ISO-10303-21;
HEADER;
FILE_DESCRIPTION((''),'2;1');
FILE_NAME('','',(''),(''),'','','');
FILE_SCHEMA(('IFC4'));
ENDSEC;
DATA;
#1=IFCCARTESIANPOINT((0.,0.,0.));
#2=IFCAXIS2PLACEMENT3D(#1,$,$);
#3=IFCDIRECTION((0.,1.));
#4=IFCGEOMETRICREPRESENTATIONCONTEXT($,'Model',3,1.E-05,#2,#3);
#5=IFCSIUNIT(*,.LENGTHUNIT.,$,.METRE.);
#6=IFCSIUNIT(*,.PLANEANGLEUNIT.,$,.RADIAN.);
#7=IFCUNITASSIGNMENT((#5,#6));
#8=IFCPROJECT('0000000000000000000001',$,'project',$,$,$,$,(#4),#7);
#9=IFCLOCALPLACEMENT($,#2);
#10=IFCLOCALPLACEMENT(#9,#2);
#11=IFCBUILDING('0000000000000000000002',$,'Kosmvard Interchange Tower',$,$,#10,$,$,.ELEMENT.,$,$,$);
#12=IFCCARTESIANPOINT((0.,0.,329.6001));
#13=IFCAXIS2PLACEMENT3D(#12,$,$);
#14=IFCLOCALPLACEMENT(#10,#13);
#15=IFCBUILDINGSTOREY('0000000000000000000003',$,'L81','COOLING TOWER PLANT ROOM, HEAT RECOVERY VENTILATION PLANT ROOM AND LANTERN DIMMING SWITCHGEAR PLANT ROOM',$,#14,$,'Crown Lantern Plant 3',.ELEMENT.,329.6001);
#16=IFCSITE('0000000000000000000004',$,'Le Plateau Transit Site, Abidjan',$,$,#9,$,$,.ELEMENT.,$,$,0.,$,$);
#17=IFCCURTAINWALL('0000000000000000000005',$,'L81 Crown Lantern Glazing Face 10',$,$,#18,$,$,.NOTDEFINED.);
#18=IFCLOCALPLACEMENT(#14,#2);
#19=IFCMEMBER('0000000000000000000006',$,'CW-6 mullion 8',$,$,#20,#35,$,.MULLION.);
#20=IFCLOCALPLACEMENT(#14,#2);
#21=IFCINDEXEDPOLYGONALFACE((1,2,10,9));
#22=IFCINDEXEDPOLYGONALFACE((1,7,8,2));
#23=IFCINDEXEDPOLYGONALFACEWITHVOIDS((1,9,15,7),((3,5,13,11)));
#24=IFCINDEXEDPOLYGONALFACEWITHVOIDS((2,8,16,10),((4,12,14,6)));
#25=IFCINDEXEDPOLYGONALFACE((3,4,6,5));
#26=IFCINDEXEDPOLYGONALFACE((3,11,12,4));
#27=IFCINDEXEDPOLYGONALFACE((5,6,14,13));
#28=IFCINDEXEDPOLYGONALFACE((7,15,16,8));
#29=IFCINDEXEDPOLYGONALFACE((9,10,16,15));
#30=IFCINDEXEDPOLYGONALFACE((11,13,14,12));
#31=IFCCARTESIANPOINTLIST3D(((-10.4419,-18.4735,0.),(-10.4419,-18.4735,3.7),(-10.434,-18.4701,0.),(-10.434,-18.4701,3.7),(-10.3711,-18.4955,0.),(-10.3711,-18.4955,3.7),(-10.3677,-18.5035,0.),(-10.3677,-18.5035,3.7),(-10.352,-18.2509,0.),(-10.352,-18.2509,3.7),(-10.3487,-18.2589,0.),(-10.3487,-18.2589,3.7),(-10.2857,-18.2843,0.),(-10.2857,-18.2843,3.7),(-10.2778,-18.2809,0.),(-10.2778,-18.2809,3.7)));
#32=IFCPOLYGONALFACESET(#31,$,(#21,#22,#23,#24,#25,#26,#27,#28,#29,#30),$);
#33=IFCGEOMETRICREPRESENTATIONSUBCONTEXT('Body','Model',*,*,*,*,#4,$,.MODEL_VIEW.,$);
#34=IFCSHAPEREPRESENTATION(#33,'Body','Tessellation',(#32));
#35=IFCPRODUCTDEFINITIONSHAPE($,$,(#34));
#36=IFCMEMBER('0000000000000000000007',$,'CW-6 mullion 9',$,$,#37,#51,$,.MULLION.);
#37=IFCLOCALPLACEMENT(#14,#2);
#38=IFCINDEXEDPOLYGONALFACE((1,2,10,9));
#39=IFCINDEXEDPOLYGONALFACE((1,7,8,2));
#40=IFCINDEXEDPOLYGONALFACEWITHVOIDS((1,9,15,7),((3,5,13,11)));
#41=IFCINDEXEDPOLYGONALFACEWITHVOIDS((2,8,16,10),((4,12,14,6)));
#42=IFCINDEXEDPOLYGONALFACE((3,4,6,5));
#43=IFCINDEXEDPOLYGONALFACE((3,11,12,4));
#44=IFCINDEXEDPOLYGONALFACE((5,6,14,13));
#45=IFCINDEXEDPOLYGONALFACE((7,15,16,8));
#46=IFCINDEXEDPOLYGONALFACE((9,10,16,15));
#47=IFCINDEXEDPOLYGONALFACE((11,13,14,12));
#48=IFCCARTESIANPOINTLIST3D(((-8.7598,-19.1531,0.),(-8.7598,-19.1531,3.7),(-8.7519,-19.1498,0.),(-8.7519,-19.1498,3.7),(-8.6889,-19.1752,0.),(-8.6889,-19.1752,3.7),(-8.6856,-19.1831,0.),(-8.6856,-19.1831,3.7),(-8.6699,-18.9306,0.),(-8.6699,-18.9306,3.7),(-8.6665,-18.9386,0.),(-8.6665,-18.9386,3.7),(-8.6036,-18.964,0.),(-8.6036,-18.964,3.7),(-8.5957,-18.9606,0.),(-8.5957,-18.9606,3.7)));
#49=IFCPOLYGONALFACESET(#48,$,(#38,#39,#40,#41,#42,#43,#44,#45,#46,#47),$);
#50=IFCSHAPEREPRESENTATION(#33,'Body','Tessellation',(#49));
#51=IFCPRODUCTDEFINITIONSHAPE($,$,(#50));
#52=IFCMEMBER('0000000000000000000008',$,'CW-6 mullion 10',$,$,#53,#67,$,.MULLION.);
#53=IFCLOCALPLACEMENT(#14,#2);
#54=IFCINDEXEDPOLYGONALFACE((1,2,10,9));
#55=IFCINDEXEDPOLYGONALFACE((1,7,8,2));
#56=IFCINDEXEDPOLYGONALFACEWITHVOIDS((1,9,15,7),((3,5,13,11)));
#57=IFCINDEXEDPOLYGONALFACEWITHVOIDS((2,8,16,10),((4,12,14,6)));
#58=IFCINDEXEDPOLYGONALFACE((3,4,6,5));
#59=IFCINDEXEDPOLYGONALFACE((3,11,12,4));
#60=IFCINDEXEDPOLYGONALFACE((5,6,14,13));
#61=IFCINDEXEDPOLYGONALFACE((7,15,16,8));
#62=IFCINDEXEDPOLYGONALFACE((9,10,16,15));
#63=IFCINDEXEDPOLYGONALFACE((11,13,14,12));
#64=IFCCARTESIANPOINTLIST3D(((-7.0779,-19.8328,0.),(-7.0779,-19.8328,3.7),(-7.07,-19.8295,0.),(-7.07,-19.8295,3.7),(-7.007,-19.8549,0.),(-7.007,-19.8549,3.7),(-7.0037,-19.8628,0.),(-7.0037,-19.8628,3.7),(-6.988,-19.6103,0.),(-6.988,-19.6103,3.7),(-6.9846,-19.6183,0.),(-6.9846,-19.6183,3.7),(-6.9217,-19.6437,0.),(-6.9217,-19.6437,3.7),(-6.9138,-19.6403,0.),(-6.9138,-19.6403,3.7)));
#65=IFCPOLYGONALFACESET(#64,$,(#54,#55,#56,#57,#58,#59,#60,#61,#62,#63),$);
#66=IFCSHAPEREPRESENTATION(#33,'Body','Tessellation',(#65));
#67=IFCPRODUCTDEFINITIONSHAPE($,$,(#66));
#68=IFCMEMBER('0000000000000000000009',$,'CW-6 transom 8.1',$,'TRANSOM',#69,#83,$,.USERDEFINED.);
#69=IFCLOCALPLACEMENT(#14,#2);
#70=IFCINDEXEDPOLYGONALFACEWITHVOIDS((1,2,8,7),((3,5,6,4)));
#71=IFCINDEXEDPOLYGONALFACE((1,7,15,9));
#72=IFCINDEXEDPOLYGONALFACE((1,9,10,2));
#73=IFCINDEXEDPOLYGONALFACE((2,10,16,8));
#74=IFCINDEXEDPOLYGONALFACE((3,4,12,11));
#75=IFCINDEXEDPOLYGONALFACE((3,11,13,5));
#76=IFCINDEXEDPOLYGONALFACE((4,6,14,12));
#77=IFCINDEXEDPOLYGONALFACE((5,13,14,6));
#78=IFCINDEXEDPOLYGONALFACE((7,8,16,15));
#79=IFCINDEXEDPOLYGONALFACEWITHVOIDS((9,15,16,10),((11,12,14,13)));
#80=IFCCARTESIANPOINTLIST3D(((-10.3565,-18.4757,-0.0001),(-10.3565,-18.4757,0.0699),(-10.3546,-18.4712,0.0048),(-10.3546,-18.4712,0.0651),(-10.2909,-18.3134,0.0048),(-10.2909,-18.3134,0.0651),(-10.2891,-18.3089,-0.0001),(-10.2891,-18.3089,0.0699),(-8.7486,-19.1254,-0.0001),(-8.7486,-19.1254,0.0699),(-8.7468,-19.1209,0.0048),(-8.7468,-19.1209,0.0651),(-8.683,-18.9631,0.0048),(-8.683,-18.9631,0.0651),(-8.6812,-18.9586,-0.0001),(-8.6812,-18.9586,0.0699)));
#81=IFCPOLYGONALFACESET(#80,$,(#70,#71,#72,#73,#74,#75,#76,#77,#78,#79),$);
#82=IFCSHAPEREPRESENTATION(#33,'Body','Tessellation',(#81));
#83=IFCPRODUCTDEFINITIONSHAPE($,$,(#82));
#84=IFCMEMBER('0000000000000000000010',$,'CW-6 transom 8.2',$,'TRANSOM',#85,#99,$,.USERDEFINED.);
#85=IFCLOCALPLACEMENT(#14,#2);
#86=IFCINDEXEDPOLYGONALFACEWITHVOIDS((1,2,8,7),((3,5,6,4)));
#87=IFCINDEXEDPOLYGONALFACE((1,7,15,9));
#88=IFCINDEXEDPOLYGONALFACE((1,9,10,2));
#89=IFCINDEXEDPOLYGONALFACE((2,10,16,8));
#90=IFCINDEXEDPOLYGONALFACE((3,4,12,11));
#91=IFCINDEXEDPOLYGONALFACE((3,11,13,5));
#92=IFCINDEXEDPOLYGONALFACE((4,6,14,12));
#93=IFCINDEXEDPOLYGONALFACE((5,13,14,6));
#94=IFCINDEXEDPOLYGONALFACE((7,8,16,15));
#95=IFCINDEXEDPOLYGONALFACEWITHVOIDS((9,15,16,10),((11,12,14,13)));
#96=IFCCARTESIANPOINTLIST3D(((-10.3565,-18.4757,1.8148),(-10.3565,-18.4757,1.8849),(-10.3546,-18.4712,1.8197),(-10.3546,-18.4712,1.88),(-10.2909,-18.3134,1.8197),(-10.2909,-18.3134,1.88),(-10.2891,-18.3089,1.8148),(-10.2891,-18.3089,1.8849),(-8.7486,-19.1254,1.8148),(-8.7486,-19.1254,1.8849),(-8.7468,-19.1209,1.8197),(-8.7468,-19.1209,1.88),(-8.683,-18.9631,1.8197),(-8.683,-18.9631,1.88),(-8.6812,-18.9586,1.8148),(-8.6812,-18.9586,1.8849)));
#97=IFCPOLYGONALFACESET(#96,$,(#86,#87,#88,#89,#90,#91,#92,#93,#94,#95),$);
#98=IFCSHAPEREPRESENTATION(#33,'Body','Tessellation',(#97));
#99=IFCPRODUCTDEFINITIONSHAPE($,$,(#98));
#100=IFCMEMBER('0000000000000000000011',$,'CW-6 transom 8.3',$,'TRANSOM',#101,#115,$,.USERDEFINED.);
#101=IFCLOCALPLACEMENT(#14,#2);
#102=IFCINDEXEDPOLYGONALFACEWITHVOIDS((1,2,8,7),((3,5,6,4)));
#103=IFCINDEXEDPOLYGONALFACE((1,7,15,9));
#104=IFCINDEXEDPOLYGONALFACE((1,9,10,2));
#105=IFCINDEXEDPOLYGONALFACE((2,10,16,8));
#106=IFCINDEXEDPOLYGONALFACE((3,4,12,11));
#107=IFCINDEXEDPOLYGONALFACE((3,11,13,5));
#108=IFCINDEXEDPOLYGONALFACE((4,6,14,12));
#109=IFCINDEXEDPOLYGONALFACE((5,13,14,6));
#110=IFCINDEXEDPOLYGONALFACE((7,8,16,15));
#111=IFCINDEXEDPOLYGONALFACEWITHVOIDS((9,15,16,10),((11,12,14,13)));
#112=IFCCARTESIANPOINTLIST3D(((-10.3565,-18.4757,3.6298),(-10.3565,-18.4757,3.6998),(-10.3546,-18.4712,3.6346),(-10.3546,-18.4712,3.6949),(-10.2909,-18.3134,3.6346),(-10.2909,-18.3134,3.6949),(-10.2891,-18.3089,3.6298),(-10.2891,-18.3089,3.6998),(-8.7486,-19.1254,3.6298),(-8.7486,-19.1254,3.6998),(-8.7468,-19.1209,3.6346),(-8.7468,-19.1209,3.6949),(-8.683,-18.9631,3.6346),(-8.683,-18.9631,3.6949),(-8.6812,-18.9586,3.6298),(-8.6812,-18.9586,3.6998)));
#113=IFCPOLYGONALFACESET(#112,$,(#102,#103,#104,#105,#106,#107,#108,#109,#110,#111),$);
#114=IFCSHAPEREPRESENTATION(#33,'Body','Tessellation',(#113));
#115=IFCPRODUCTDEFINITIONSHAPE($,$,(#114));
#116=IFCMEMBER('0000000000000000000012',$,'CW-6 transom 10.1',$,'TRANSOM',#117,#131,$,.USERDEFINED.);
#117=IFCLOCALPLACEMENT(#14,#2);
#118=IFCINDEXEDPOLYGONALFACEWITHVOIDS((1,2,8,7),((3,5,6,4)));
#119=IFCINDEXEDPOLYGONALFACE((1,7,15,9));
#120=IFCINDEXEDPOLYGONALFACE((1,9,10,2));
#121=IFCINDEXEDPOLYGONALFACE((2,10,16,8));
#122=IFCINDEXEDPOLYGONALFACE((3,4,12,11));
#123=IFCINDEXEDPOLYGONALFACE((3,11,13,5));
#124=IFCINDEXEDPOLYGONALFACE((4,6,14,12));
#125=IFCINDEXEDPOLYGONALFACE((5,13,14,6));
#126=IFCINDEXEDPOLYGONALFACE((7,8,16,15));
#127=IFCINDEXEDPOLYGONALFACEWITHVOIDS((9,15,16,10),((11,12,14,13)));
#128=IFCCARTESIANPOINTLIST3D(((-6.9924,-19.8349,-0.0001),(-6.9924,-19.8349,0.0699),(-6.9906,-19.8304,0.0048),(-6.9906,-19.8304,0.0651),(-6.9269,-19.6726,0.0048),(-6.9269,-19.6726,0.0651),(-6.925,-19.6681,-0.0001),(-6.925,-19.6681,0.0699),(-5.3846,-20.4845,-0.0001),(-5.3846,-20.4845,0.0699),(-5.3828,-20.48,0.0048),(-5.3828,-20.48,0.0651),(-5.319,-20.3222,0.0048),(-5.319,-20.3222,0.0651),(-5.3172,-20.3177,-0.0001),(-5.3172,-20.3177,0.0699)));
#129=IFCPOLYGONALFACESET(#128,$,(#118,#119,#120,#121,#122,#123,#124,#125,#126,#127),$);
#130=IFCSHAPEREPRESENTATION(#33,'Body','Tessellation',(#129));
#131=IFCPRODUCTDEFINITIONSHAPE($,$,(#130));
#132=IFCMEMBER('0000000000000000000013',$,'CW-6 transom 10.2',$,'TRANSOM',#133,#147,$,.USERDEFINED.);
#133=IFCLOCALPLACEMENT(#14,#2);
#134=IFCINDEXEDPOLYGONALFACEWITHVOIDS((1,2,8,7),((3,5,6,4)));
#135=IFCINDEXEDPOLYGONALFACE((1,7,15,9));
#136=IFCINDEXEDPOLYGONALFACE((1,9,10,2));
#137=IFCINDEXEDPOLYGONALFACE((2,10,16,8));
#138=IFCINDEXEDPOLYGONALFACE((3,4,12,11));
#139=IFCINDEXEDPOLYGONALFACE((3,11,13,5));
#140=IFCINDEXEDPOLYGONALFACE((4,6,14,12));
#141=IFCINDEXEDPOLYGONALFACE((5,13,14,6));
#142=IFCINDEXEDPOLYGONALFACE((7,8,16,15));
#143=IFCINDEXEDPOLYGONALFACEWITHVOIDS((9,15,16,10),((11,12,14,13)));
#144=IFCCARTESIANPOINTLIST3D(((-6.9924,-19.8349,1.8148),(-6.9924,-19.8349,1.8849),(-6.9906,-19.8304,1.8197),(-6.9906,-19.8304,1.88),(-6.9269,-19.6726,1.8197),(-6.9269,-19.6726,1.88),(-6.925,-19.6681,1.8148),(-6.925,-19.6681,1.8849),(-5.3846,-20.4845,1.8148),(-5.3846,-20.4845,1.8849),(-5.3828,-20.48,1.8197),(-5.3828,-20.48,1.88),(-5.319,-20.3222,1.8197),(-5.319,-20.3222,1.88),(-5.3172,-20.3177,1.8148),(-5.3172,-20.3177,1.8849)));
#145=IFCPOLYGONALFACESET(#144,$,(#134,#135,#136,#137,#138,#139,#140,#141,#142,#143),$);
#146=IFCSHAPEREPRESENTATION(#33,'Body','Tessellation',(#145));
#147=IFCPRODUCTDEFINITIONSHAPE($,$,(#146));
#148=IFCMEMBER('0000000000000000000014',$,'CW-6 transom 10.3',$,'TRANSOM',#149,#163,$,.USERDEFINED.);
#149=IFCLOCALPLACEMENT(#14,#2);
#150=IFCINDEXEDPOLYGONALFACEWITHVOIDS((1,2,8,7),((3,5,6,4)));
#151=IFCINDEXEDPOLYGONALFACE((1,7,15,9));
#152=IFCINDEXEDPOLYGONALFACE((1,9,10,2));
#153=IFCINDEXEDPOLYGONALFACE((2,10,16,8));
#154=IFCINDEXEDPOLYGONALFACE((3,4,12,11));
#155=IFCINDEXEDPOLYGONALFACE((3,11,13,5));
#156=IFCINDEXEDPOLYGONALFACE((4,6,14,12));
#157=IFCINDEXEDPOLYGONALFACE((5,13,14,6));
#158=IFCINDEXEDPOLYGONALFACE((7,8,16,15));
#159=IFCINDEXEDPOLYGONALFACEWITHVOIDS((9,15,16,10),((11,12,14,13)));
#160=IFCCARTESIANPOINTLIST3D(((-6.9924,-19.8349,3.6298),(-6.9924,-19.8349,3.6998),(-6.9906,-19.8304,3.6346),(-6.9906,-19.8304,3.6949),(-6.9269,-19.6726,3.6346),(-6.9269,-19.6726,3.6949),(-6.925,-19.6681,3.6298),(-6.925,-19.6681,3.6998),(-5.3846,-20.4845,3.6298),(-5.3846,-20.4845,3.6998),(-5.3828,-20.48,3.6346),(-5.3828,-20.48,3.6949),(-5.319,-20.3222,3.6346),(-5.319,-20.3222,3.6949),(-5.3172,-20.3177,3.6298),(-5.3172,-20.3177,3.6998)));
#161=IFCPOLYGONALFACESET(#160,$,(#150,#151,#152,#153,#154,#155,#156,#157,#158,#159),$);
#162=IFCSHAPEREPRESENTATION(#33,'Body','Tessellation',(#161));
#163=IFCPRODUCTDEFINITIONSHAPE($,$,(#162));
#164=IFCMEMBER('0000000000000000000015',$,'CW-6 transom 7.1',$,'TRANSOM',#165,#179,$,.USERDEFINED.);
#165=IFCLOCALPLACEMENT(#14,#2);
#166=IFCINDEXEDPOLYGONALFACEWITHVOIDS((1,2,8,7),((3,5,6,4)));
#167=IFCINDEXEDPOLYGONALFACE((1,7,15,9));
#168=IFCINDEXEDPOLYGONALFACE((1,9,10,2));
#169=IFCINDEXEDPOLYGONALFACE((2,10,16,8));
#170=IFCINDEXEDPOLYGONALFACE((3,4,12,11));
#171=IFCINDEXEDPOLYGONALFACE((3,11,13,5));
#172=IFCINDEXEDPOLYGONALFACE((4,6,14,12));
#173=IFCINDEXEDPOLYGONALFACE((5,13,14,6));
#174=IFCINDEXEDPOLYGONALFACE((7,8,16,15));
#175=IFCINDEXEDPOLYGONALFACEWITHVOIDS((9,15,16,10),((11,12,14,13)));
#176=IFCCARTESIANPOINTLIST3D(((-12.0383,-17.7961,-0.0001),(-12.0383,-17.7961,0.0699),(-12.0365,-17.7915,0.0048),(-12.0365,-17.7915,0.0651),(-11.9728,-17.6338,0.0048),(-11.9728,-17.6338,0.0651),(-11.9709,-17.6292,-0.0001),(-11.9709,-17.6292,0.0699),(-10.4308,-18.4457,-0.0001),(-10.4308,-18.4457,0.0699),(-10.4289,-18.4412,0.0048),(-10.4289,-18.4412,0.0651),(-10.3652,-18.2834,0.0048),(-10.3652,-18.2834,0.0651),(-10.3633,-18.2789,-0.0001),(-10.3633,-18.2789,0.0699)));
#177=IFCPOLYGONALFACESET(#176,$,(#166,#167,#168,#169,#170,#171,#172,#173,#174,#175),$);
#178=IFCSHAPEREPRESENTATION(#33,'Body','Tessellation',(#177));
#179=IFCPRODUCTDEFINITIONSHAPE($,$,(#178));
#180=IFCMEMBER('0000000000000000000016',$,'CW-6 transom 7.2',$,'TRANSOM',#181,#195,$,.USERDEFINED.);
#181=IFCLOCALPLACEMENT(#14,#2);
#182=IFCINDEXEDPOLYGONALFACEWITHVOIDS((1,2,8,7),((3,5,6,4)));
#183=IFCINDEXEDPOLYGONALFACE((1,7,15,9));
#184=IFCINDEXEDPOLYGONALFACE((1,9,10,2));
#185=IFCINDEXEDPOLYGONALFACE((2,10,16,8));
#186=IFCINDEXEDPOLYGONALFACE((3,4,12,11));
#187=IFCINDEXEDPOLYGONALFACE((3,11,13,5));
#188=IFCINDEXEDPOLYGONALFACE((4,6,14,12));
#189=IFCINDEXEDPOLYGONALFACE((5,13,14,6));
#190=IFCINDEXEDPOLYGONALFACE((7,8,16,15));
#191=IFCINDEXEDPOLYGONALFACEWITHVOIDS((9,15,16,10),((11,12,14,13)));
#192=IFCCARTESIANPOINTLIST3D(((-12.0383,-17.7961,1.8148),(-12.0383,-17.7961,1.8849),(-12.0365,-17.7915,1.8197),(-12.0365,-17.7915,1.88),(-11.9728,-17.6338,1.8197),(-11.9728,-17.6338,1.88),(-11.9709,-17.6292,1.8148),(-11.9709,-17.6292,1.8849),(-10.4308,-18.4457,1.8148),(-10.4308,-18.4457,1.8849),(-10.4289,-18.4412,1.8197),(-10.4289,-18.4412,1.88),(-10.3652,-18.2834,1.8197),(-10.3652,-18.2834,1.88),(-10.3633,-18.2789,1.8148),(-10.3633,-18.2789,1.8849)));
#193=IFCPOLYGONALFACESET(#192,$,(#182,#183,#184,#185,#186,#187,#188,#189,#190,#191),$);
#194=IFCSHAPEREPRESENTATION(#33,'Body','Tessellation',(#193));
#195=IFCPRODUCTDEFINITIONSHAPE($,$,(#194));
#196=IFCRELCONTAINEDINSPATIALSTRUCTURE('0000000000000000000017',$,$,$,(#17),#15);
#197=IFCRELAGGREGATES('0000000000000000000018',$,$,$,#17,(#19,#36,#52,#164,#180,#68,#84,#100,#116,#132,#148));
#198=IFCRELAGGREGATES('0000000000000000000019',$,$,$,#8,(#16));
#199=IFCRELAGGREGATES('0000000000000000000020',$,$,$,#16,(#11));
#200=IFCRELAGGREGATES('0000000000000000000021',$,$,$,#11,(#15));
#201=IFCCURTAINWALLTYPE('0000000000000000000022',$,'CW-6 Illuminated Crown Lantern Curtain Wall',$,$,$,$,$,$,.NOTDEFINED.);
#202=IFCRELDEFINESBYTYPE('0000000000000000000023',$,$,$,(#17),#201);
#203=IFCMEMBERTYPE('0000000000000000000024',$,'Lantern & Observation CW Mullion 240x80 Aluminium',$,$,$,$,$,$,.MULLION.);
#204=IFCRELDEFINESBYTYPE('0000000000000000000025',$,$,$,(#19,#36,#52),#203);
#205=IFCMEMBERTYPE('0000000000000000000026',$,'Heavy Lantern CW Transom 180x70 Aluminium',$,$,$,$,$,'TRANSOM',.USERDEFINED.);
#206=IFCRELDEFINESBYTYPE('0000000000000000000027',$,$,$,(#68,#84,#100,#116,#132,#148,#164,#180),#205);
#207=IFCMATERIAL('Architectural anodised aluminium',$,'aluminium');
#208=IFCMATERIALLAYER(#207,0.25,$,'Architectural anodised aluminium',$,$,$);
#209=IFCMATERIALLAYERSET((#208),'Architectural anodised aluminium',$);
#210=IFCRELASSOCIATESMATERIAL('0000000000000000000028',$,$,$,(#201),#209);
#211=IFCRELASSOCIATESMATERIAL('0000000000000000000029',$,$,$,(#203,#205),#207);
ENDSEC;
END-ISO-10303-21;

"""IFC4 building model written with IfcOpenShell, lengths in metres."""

from ifc_helpers import new_model, si_unit, direction, frame, origin, origin_2d, place, context, subcontext, project, spatial, hollow_rectangle, extrude, source, transform, mapped, material, layer, layer_set, material_profile, profile_set, type_object, element, aggregate, save


model = new_model("IFC4")

# Units and contexts
model_context = context("Model", 3, precision=1e-05, world=origin(), true_north=direction((0.0, 1.0)))
body_context = subcontext(model_context, "Body", "Model", "MODEL_VIEW")
ifc_project = project(units=[si_unit("LENGTHUNIT", "METRE"), si_unit("PLANEANGLEUNIT", "RADIAN")], contexts=[model_context])

# Site, building, storey
site_placement = place(None, origin())
site = spatial("IfcSite", under=ifc_project, at=site_placement, Name="Le Plateau Transit Site, Abidjan", CompositionType="ELEMENT", RefElevation=0.0)
building_placement = place(site_placement, origin())
building = spatial("IfcBuilding", under=site, at=building_placement, Name="Kosmvard Interchange Tower", CompositionType="ELEMENT")
storey_placement = place(building_placement, frame((0.0, 0.0, 329.6001)))
storey = spatial("IfcBuildingStorey", under=building, at=storey_placement, Name="L81", Description="COOLING TOWER PLANT ROOM, HEAT RECOVERY VENTILATION PLANT ROOM AND LANTERN DIMMING SWITCHGEAR PLANT ROOM", LongName="Crown Lantern Plant 3", CompositionType="ELEMENT", Elevation=329.6001)

# Curtain wall, members
ifc_material_1 = material(Name="Architectural anodised aluminium", Category="aluminium")
ifc_layer_1 = layer(ifc_material_1, 0.25, Name="Architectural anodised aluminium")
ifc_layer_set_1 = layer_set([ifc_layer_1], Name="Architectural anodised aluminium")
curtain_wall_type = type_object("IfcCurtainWallType", Name="CW-6 Illuminated Crown Lantern Curtain Wall", PredefinedType="NOTDEFINED", material=ifc_layer_set_1)
curtain_wall_placement = place(storey_placement, origin())
curtain_wall = element("IfcCurtainWall", 1, at=curtain_wall_placement, inside=storey, type_object=curtain_wall_type, Name="L81 Crown Lantern Glazing Face 10", PredefinedType="NOTDEFINED")
ifc_material_profile_1 = material_profile(ifc_material_1, hollow_rectangle(XDim=0.24, YDim=0.0801, WallThickness=0.0061, at=origin_2d()), Name="CWM 240x80x6")
ifc_profile_set_1 = profile_set([ifc_material_profile_1], Name="Architectural anodised aluminium")
member_type_1 = type_object("IfcMemberType", Name="Lantern & Observation CW Mullion 240x80 Aluminium", PredefinedType="MULLION", material=ifc_profile_set_1)
shared_shape_1 = source(origin(), body_context, "Body", "SweptSolid", [
    extrude(hollow_rectangle(XDim=0.24, YDim=0.0801, WallThickness=0.0061, at=origin_2d()), origin(), (0.0, 0.0, 1.0), 3.7),
])
member_1_placement = place(storey_placement, frame((-10.3599, -18.3772, 0.0), z_axis=(0.0, 0.0, 1.0), x_axis=(0.374607, 0.927184, 0.0)))
member_1 = element("IfcMember", 2, at=member_1_placement, type_object=member_type_1, Name="CW-6 mullion 8", PredefinedType="MULLION", context=body_context, shape_type="MappedRepresentation", body=[
    mapped(shared_shape_1, transform((0.0, 0.0, 0.0), scale=1.0)),
])
member_2_placement = place(storey_placement, frame((-8.6777, -19.0569, 0.0), z_axis=(0.0, 0.0, 1.0), x_axis=(0.374607, 0.927184, 0.0)))
member_2 = element("IfcMember", 3, at=member_2_placement, type_object=member_type_1, Name="CW-6 mullion 9", PredefinedType="MULLION", context=body_context, shape_type="MappedRepresentation", body=[
    mapped(shared_shape_1, transform((0.0, 0.0, 0.0), scale=1.0)),
])
member_3_placement = place(storey_placement, frame((-6.9958, -19.7366, 0.0), z_axis=(0.0, 0.0, 1.0), x_axis=(0.374607, 0.927184, 0.0)))
member_3 = element("IfcMember", 4, at=member_3_placement, type_object=member_type_1, Name="CW-6 mullion 10", PredefinedType="MULLION", context=body_context, shape_type="MappedRepresentation", body=[
    mapped(shared_shape_1, transform((0.0, 0.0, 0.0), scale=1.0)),
])
ifc_material_profile_2 = material_profile(ifc_material_1, hollow_rectangle(XDim=0.1799, YDim=0.0701, WallThickness=0.0049, at=origin_2d()), Name="CWT 180x70x5")
ifc_profile_set_2 = profile_set([ifc_material_profile_2], Name="Architectural anodised aluminium")
member_type_2 = type_object("IfcMemberType", Name="Heavy Lantern CW Transom 180x70 Aluminium", ElementType="TRANSOM", PredefinedType="USERDEFINED", material=ifc_profile_set_2)
shared_shape_2 = source(origin(), body_context, "Body", "SweptSolid", [
    extrude(hollow_rectangle(XDim=0.1799, YDim=0.0701, WallThickness=0.0049, at=origin_2d()), origin(), (0.0, 0.0, 1.0), 1.7341),
])
member_4_placement = place(storey_placement, frame((-10.3228, -18.3923, 0.0349), z_axis=(0.92718, -0.374617, 0.0), x_axis=(0.374617, 0.92718, 0.0)))
member_4 = element("IfcMember", 5, at=member_4_placement, type_object=member_type_2, Name="CW-6 transom 8.1", ObjectType="TRANSOM", PredefinedType="USERDEFINED", context=body_context, shape_type="MappedRepresentation", body=[
    mapped(shared_shape_2, transform((0.0, 0.0, 0.0), scale=1.0)),
])
member_5_placement = place(storey_placement, frame((-10.3228, -18.3923, 1.8499), z_axis=(0.92718, -0.374617, 0.0), x_axis=(0.374617, 0.92718, 0.0)))
member_5 = element("IfcMember", 6, at=member_5_placement, type_object=member_type_2, Name="CW-6 transom 8.2", ObjectType="TRANSOM", PredefinedType="USERDEFINED", context=body_context, shape_type="MappedRepresentation", body=[
    mapped(shared_shape_2, transform((0.0, 0.0, 0.0), scale=1.0)),
])
member_6_placement = place(storey_placement, frame((-10.3228, -18.3923, 3.6648), z_axis=(0.92718, -0.374617, 0.0), x_axis=(0.374617, 0.92718, 0.0)))
member_6 = element("IfcMember", 7, at=member_6_placement, type_object=member_type_2, Name="CW-6 transom 8.3", ObjectType="TRANSOM", PredefinedType="USERDEFINED", context=body_context, shape_type="MappedRepresentation", body=[
    mapped(shared_shape_2, transform((0.0, 0.0, 0.0), scale=1.0)),
])
member_7_placement = place(storey_placement, frame((-6.9587, -19.7515, 0.0349), z_axis=(0.92718, -0.374617, 0.0), x_axis=(0.374617, 0.92718, 0.0)))
member_7 = element("IfcMember", 8, at=member_7_placement, type_object=member_type_2, Name="CW-6 transom 10.1", ObjectType="TRANSOM", PredefinedType="USERDEFINED", context=body_context, shape_type="MappedRepresentation", body=[
    mapped(shared_shape_2, transform((0.0, 0.0, 0.0), scale=1.0)),
])
member_8_placement = place(storey_placement, frame((-6.9587, -19.7515, 1.8499), z_axis=(0.92718, -0.374617, 0.0), x_axis=(0.374617, 0.92718, 0.0)))
member_8 = element("IfcMember", 9, at=member_8_placement, type_object=member_type_2, Name="CW-6 transom 10.2", ObjectType="TRANSOM", PredefinedType="USERDEFINED", context=body_context, shape_type="MappedRepresentation", body=[
    mapped(shared_shape_2, transform((0.0, 0.0, 0.0), scale=1.0)),
])
member_9_placement = place(storey_placement, frame((-6.9587, -19.7515, 3.6648), z_axis=(0.92718, -0.374617, 0.0), x_axis=(0.374617, 0.92718, 0.0)))
member_9 = element("IfcMember", 10, at=member_9_placement, type_object=member_type_2, Name="CW-6 transom 10.3", ObjectType="TRANSOM", PredefinedType="USERDEFINED", context=body_context, shape_type="MappedRepresentation", body=[
    mapped(shared_shape_2, transform((0.0, 0.0, 0.0), scale=1.0)),
])
shared_shape_3 = source(origin(), body_context, "Body", "SweptSolid", [
    extrude(hollow_rectangle(XDim=0.1799, YDim=0.0701, WallThickness=0.0049, at=origin_2d()), origin(), (0.0, 0.0, 1.0), 1.7339),
])
member_10_placement = place(storey_placement, frame((-12.0046, -17.7126, 0.0349), z_axis=(0.92716, -0.374666, 0.0), x_axis=(0.374666, 0.92716, 0.0)))
member_10 = element("IfcMember", 11, at=member_10_placement, type_object=member_type_2, Name="CW-6 transom 7.1", ObjectType="TRANSOM", PredefinedType="USERDEFINED", context=body_context, shape_type="MappedRepresentation", body=[
    mapped(shared_shape_3, transform((0.0, 0.0, 0.0), scale=1.0)),
])
member_11_placement = place(storey_placement, frame((-12.0046, -17.7126, 1.8499), z_axis=(0.92716, -0.374666, 0.0), x_axis=(0.374666, 0.92716, 0.0)))
member_11 = element("IfcMember", 12, at=member_11_placement, type_object=member_type_2, Name="CW-6 transom 7.2", ObjectType="TRANSOM", PredefinedType="USERDEFINED", context=body_context, shape_type="MappedRepresentation", body=[
    mapped(shared_shape_3, transform((0.0, 0.0, 0.0), scale=1.0)),
])
aggregate(curtain_wall, [member_1, member_2, member_3, member_10, member_11, member_4, member_5, member_6, member_7, member_8, member_9])

save(model, "model.ifc")
